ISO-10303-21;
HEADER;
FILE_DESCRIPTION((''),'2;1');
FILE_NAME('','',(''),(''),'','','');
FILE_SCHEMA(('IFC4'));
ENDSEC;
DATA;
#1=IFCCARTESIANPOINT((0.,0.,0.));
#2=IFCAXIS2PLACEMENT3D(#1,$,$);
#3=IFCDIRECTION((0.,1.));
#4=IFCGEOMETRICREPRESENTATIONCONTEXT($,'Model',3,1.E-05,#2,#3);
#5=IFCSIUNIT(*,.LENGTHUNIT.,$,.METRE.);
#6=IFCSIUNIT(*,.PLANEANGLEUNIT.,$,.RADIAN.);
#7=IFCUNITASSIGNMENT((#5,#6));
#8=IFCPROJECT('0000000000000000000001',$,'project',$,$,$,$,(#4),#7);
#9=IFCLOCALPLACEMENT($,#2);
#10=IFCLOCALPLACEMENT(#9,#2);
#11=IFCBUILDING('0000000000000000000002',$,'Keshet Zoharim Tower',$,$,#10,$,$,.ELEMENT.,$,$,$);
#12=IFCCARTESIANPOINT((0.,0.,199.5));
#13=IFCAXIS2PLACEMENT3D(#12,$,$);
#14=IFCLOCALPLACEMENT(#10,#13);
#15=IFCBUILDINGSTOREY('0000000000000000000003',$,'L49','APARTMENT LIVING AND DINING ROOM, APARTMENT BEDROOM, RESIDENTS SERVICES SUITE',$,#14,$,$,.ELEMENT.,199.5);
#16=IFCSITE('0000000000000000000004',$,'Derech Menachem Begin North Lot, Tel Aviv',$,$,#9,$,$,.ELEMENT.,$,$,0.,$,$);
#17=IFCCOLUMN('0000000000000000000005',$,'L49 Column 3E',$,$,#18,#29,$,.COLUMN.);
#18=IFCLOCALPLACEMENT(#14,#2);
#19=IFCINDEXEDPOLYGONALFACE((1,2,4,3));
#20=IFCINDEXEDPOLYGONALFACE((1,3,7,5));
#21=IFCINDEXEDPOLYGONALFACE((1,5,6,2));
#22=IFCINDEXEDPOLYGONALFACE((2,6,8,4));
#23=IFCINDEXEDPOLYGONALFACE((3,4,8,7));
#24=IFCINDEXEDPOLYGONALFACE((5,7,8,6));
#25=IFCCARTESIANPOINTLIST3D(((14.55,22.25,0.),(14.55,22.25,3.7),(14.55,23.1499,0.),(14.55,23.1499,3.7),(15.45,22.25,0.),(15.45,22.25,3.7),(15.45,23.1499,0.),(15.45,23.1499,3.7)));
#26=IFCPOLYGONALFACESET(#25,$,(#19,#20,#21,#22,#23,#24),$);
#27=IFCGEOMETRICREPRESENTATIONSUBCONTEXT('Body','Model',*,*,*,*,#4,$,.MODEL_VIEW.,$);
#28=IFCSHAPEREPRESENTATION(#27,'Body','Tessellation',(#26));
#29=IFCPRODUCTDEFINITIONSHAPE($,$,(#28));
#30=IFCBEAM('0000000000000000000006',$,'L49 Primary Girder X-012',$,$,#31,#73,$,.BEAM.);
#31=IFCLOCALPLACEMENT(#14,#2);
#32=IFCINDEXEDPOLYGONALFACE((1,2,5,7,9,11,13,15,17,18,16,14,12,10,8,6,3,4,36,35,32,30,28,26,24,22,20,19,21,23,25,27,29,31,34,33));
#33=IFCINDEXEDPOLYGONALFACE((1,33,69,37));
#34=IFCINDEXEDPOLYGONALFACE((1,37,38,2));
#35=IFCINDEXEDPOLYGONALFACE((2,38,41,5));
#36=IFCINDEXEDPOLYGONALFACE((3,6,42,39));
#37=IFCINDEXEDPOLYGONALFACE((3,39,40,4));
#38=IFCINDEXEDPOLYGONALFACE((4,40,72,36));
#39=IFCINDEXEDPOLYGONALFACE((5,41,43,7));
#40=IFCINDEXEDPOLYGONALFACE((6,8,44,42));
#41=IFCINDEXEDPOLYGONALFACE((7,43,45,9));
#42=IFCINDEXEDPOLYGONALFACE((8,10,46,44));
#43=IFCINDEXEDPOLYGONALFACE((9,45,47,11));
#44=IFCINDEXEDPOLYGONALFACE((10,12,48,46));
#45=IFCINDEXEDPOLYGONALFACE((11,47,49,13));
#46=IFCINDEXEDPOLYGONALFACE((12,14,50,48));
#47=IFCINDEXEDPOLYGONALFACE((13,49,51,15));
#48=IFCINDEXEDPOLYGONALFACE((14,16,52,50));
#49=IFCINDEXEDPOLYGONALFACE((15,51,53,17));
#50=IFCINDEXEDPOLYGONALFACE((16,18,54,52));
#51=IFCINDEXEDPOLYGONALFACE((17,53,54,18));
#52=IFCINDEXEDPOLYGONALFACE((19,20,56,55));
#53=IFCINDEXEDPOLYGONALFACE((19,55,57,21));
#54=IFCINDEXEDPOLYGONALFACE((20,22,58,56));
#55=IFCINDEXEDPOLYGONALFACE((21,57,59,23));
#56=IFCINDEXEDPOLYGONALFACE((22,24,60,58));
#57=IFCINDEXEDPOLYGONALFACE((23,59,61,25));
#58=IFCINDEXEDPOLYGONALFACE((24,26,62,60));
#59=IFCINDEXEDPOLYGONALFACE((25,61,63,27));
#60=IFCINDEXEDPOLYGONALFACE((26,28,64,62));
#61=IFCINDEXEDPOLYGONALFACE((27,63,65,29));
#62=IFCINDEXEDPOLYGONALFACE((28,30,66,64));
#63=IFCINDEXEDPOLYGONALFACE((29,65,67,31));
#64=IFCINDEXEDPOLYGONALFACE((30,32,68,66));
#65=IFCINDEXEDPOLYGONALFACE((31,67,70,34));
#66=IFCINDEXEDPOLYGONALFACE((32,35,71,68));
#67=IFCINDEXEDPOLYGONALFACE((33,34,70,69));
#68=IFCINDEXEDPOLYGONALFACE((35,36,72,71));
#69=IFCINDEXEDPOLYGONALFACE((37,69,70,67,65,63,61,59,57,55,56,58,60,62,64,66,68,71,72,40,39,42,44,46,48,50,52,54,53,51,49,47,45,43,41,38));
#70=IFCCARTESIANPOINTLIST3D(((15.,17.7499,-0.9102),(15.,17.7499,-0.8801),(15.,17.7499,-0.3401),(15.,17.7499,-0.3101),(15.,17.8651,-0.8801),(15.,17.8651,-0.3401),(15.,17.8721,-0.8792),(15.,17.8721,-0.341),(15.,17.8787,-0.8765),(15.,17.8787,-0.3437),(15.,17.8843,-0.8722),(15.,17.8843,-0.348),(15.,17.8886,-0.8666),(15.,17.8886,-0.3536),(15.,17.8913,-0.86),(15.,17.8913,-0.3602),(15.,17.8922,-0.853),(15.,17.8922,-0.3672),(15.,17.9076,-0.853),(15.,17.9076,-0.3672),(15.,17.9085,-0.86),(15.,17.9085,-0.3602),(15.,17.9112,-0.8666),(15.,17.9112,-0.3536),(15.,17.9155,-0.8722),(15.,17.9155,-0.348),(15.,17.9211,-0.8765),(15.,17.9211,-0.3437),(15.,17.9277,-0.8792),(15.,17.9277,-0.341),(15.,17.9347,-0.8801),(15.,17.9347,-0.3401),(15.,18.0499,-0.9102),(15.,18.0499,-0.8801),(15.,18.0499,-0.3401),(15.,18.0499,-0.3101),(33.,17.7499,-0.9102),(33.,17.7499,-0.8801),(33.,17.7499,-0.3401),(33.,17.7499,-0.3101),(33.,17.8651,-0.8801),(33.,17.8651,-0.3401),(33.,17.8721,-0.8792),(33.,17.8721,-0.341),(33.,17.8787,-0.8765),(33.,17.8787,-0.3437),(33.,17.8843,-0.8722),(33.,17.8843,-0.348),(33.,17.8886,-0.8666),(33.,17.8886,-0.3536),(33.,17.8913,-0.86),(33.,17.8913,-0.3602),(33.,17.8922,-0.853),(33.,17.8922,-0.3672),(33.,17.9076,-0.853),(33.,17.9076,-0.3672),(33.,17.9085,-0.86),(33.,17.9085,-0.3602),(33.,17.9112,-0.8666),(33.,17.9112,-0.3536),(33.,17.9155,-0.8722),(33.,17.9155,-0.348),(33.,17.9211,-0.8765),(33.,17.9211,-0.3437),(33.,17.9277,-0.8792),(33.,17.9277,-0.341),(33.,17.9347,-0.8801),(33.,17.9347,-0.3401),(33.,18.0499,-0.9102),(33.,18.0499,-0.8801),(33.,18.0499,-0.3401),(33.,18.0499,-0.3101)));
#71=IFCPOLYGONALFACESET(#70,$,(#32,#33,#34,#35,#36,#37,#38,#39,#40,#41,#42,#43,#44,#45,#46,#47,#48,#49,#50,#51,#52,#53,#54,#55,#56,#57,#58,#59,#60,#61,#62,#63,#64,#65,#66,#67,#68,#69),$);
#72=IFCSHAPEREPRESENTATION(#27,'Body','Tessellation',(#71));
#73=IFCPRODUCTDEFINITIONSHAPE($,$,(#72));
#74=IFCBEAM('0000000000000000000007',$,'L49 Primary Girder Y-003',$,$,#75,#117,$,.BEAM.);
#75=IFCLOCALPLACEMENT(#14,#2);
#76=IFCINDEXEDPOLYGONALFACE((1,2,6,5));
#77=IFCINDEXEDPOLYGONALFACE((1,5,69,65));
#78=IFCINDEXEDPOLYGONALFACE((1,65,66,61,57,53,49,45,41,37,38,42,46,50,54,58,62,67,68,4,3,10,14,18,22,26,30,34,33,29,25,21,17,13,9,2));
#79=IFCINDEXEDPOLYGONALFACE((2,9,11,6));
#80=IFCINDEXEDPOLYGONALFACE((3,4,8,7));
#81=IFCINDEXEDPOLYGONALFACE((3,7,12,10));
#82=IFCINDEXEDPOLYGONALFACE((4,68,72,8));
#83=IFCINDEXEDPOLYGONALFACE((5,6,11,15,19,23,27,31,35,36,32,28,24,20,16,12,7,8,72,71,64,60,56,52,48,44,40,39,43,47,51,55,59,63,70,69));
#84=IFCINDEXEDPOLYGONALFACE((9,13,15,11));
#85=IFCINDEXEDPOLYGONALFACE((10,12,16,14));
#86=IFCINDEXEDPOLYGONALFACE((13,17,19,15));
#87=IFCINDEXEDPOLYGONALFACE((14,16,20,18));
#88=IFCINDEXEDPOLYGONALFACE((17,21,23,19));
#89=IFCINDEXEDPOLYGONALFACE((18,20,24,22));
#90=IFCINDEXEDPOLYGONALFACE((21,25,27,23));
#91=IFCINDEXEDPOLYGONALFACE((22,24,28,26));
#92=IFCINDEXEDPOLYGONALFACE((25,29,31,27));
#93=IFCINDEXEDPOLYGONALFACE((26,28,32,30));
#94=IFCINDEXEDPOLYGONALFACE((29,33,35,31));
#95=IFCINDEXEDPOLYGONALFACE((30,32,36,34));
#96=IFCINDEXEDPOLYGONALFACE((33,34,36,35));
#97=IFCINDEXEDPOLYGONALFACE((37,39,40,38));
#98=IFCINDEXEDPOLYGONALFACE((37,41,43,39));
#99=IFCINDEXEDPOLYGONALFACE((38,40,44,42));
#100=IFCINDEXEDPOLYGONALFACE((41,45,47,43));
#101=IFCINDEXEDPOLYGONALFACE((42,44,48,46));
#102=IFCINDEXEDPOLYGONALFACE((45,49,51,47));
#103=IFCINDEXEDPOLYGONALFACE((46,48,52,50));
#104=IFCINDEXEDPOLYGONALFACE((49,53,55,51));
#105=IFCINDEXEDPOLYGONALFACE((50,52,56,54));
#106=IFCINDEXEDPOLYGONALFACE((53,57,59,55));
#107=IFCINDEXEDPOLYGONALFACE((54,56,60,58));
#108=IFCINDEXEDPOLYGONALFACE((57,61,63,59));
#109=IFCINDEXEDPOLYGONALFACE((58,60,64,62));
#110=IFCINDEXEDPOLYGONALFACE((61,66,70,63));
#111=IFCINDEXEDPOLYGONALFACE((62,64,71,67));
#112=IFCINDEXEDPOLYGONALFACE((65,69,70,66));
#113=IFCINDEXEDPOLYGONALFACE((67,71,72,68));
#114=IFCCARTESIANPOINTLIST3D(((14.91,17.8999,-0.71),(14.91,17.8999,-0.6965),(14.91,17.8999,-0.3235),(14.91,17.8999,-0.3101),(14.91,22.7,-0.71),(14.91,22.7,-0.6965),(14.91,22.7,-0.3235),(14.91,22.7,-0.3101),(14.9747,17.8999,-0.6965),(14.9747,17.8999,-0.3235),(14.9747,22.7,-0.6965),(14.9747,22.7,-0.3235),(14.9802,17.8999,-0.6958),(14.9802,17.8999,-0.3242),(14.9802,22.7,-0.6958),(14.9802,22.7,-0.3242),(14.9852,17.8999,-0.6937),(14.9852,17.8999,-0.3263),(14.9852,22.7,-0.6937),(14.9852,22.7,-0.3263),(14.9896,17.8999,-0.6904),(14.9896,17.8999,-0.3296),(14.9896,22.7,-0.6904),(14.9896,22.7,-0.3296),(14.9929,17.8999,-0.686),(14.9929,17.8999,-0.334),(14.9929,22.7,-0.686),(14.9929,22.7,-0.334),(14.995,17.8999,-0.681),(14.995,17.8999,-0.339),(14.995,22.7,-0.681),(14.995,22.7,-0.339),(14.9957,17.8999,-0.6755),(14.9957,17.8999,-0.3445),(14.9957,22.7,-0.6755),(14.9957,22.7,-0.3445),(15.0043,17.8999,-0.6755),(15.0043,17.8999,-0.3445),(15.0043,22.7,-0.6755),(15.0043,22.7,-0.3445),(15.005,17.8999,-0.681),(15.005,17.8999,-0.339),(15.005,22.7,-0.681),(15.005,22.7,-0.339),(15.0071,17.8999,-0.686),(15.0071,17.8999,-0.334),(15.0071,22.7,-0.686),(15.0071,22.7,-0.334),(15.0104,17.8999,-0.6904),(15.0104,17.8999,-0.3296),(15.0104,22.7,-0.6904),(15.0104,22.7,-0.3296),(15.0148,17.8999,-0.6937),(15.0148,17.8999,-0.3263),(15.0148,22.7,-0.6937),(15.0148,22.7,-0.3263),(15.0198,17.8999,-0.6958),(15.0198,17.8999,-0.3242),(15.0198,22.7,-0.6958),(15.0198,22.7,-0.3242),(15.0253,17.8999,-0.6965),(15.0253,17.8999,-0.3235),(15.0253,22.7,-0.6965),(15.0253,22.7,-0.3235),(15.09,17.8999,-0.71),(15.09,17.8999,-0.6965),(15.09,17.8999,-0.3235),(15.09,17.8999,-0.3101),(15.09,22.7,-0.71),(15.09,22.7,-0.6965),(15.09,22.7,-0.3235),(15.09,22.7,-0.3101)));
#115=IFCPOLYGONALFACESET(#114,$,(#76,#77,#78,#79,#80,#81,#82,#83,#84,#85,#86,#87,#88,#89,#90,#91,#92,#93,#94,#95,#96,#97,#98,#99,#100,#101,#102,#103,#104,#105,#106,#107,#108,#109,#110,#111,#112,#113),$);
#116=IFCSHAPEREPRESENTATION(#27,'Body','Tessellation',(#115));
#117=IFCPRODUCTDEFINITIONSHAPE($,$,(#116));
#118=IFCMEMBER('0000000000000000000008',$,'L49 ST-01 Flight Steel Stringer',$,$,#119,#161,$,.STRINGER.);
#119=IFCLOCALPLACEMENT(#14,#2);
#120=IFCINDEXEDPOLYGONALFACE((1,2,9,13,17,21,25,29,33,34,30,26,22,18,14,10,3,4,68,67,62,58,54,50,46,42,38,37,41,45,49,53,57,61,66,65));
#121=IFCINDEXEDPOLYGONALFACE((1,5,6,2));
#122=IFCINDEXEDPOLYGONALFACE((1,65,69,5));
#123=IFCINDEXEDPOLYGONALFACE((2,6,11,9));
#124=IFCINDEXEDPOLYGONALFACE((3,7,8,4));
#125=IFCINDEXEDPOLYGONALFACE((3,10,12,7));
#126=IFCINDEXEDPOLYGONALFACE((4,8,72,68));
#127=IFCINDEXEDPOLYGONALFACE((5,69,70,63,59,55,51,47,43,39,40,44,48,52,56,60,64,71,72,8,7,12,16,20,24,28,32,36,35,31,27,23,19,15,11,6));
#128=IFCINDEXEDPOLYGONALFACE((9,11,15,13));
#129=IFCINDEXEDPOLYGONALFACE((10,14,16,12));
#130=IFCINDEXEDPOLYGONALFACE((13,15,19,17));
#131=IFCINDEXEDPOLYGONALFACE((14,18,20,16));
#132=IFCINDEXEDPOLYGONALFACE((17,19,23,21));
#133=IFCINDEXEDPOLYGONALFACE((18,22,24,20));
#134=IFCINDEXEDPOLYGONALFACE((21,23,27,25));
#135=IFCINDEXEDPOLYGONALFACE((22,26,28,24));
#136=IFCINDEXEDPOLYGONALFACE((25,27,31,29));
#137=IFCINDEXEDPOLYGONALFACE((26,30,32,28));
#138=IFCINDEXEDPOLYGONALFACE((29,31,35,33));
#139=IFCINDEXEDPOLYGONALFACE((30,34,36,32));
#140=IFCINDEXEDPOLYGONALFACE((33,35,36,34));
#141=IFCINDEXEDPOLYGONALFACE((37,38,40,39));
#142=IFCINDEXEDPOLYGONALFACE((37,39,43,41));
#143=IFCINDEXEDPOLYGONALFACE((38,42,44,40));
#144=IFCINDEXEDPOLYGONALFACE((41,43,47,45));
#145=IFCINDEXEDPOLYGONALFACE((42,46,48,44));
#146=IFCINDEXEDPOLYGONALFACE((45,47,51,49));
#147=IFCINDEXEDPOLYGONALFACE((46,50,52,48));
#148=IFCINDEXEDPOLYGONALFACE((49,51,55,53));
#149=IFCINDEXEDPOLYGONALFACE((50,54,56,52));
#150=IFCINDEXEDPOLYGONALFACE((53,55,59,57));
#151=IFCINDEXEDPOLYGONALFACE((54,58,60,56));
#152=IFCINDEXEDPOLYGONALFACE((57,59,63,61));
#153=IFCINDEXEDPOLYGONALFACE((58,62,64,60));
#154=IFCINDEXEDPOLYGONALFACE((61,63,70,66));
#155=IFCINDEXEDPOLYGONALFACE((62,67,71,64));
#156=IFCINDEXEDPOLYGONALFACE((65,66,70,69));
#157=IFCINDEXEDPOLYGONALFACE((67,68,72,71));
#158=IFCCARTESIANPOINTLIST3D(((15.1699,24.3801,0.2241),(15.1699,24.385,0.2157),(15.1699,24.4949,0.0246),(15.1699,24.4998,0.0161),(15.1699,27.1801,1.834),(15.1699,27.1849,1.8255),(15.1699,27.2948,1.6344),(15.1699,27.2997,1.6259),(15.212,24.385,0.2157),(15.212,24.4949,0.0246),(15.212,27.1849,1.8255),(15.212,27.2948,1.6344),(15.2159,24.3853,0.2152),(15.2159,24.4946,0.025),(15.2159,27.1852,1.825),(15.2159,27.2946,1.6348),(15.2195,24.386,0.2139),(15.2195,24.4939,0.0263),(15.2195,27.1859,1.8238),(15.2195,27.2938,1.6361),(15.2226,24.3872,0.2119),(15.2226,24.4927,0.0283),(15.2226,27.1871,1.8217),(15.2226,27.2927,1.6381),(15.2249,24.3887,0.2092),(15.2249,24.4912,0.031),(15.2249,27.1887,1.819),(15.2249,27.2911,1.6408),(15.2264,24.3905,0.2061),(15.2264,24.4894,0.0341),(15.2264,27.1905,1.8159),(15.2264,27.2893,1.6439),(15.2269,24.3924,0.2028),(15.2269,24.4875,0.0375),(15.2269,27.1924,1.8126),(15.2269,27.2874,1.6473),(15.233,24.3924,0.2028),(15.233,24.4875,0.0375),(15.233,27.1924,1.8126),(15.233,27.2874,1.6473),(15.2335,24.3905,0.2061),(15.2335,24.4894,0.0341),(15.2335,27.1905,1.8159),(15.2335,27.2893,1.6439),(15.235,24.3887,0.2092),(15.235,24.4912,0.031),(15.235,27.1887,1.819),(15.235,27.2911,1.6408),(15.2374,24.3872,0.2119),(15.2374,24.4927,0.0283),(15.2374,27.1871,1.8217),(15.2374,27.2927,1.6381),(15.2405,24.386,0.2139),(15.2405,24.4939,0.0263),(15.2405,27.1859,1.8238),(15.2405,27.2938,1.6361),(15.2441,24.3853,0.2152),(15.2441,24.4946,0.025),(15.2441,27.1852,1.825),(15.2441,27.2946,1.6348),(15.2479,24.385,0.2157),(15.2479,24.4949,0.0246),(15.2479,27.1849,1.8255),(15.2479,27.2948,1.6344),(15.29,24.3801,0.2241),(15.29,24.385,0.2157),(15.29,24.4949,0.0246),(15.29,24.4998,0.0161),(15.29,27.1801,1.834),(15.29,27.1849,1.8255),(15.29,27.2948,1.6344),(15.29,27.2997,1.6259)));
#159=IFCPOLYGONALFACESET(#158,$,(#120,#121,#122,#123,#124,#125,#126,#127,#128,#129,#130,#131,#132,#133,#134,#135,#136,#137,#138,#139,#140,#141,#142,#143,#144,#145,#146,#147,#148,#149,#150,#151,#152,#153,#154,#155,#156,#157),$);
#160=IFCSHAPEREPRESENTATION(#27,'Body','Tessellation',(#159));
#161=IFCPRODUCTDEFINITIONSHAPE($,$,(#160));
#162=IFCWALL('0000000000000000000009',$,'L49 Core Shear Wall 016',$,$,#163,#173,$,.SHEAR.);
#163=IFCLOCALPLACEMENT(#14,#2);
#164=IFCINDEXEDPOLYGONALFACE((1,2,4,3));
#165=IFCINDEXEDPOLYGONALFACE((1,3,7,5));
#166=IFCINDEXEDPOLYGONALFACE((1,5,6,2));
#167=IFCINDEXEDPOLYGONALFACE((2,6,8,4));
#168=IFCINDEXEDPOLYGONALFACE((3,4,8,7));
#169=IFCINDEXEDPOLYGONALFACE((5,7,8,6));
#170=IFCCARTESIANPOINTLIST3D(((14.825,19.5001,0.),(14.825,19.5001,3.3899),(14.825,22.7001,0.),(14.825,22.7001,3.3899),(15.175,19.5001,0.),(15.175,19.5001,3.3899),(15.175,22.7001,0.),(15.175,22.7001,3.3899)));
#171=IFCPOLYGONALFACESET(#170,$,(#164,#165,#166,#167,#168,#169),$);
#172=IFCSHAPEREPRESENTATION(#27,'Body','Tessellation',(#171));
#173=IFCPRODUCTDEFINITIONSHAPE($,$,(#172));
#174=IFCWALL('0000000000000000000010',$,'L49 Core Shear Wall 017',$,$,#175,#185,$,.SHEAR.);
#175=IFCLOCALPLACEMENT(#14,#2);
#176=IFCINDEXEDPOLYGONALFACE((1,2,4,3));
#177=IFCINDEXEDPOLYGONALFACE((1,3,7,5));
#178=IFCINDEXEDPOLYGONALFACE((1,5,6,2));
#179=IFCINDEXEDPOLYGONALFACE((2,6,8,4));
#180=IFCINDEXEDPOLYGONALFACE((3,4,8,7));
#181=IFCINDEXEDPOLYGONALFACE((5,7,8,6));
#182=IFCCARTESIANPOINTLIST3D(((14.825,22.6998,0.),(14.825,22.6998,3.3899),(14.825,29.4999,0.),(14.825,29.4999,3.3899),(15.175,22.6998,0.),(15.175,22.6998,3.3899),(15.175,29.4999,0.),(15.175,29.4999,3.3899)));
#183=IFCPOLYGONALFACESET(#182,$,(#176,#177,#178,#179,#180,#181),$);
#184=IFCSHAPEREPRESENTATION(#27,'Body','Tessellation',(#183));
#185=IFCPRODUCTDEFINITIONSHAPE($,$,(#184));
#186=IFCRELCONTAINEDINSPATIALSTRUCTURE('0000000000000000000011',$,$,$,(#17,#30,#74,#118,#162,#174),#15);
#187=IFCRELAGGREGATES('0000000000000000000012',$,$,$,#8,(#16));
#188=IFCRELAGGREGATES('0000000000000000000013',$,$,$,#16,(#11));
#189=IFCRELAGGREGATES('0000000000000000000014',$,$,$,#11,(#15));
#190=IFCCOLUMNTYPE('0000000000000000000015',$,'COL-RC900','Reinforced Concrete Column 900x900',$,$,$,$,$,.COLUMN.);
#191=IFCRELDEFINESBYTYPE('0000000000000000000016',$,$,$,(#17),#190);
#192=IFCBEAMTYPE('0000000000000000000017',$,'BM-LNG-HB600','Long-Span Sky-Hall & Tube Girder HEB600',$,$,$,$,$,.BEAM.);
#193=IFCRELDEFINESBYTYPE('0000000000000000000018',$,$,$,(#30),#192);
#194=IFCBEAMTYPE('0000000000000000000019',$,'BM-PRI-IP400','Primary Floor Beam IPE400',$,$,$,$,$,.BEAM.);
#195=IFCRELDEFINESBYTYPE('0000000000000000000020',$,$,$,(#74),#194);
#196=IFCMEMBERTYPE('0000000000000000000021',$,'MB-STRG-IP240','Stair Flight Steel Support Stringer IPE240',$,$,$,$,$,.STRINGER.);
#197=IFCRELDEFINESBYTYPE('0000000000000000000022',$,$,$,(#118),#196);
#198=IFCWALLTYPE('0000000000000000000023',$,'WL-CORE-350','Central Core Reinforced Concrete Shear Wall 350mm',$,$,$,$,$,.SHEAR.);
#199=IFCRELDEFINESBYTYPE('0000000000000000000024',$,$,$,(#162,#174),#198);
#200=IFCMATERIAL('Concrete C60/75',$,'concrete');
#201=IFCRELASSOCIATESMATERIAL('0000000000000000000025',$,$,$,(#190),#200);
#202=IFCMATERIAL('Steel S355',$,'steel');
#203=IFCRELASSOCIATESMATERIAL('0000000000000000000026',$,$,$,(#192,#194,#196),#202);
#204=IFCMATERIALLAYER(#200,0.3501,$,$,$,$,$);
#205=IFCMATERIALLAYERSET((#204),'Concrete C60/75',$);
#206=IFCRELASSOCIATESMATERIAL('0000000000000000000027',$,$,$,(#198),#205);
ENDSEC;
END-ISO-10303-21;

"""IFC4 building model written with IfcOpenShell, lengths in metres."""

from ifc_helpers import new_model, si_unit, direction, frame, frame_2d, origin, origin_2d, place, context, subcontext, project, spatial, rectangle, i_section, extrude, material, layer, layer_set, material_profile, profile_set, type_object, element, save


model = new_model("IFC4")

# Units and contexts
model_context = context("Model", 3, precision=1e-05, world=origin(), true_north=direction((0.0, 1.0)))
body_context = subcontext(model_context, "Body", "Model", "MODEL_VIEW")
ifc_project = project(units=[si_unit("LENGTHUNIT", "METRE"), si_unit("PLANEANGLEUNIT", "RADIAN")], contexts=[model_context])

# Site, building, storey
site_placement = place(None, origin())
site = spatial("IfcSite", under=ifc_project, at=site_placement, Name="Derech Menachem Begin North Lot, Tel Aviv", CompositionType="ELEMENT", RefElevation=0.0)
building_placement = place(site_placement, origin())
building = spatial("IfcBuilding", under=site, at=building_placement, Name="Keshet Zoharim Tower", CompositionType="ELEMENT")
storey_placement = place(building_placement, frame((0.0, 0.0, 199.5)))
storey = spatial("IfcBuildingStorey", under=building, at=storey_placement, Name="L49", Description="APARTMENT LIVING AND DINING ROOM, APARTMENT BEDROOM, RESIDENTS SERVICES SUITE", CompositionType="ELEMENT", Elevation=199.5)

# Column
ifc_material_1 = material(Name="Concrete C60/75", Category="concrete")
ifc_material_profile_1 = material_profile(ifc_material_1, rectangle(XDim=0.8999, YDim=0.8999, at=origin_2d()), Name="RC900x900")
ifc_profile_set_1 = profile_set([ifc_material_profile_1], Name="Concrete C60/75")
column_type = type_object("IfcColumnType", Name="COL-RC900", Description="Reinforced Concrete Column 900x900", PredefinedType="COLUMN", material=ifc_profile_set_1)
column_placement = place(storey_placement, frame((15.0, 22.7, 0.0), z_axis=(0.0, 0.0, 1.0), x_axis=(1.0, 0.0, 0.0)))
element("IfcColumn", 1, at=column_placement, inside=storey, type_object=column_type, Name="L49 Column 3E", PredefinedType="COLUMN", context=body_context, shape_type="SweptSolid", body=[
    extrude(rectangle(XDim=0.8999, YDim=0.8999, at=origin_2d()), origin(), (0.0, 0.0, 1.0), 3.7),
])

# Beams
ifc_material_2 = material(Name="Steel S355", Category="steel")
ifc_material_profile_2 = material_profile(ifc_material_2, i_section(OverallWidth=0.3, OverallDepth=0.6001, WebThickness=0.0154, FlangeThickness=0.03, FilletRadius=0.0271, at=origin_2d()), Name="HEB600")
ifc_profile_set_2 = profile_set([ifc_material_profile_2], Name="Steel S355")
beam_type_1 = type_object("IfcBeamType", Name="BM-LNG-HB600", Description="Long-Span Sky-Hall & Tube Girder HEB600", PredefinedType="BEAM", material=ifc_profile_set_2)
beam_1_placement = place(storey_placement, frame((15.0, 17.8999, -0.6101), z_axis=(1.0, 0.0, 0.0), x_axis=(0.0, 1.0, 0.0)))
element("IfcBeam", 2, at=beam_1_placement, inside=storey, type_object=beam_type_1, Name="L49 Primary Girder X-012", PredefinedType="BEAM", context=body_context, shape_type="SweptSolid", body=[
    extrude(i_section(OverallWidth=0.3, OverallDepth=0.6001, WebThickness=0.0154, FlangeThickness=0.03, FilletRadius=0.0271, at=origin_2d()), origin(), (0.0, 0.0, 1.0), 18.0),
])
ifc_material_profile_3 = material_profile(ifc_material_2, i_section(OverallWidth=0.1799, OverallDepth=0.3999, WebThickness=0.0085, FlangeThickness=0.0134, FilletRadius=0.021, at=origin_2d()), Name="IPE400")
ifc_profile_set_3 = profile_set([ifc_material_profile_3], Name="Steel S355")
beam_type_2 = type_object("IfcBeamType", Name="BM-PRI-IP400", Description="Primary Floor Beam IPE400", PredefinedType="BEAM", material=ifc_profile_set_3)
beam_2_placement = place(storey_placement, frame((15.0, 17.8999, -0.51), z_axis=(0.0, 1.0, 0.0), x_axis=(-1.0, 0.0, 0.0)))
element("IfcBeam", 3, at=beam_2_placement, inside=storey, type_object=beam_type_2, Name="L49 Primary Girder Y-003", PredefinedType="BEAM", context=body_context, shape_type="SweptSolid", body=[
    extrude(i_section(OverallWidth=0.1799, OverallDepth=0.3999, WebThickness=0.0085, FlangeThickness=0.0134, FilletRadius=0.021, at=origin_2d()), origin(), (0.0, 0.0, 1.0), 4.8),
])

# Member
ifc_material_profile_4 = material_profile(ifc_material_2, i_section(OverallWidth=0.1201, OverallDepth=0.24, WebThickness=0.0061, FlangeThickness=0.0098, FilletRadius=0.0149, at=origin_2d()), Name="IPE240")
ifc_profile_set_4 = profile_set([ifc_material_profile_4], Name="Steel S355")
member_type = type_object("IfcMemberType", Name="MB-STRG-IP240", Description="Stair Flight Steel Support Stringer IPE240", PredefinedType="STRINGER", material=ifc_profile_set_4)
member_placement = place(storey_placement, frame((15.23, 24.4399, 0.1201), z_axis=(0.0, 0.866928, 0.498433), x_axis=(-1.0, 0.0, 0.0)))
element("IfcMember", 4, at=member_placement, inside=storey, type_object=member_type, Name="L49 ST-01 Flight Steel Stringer", PredefinedType="STRINGER", context=body_context, shape_type="SweptSolid", body=[
    extrude(i_section(OverallWidth=0.1201, OverallDepth=0.24, WebThickness=0.0061, FlangeThickness=0.0098, FilletRadius=0.0149, at=origin_2d()), origin(), (0.0, 0.0, 1.0), 3.2297),
])

# Walls
ifc_layer_1 = layer(ifc_material_1, 0.3501)
ifc_layer_set_1 = layer_set([ifc_layer_1], Name="Concrete C60/75")
wall_type_1 = type_object("IfcWallType", Name="WL-CORE-350", Description="Central Core Reinforced Concrete Shear Wall 350mm", PredefinedType="SHEAR", material=ifc_layer_set_1)
wall_1_placement = place(storey_placement, frame((15.0, 19.5, 0.0), z_axis=(0.0, 0.0, 1.0), x_axis=(0.0, 1.0, 0.0)))
element("IfcWall", 5, at=wall_1_placement, inside=storey, type_object=wall_type_1, Name="L49 Core Shear Wall 016", PredefinedType="SHEAR", context=body_context, shape_type="SweptSolid", body=[
    extrude(rectangle(XDim=3.2, YDim=0.3501, at=frame_2d((1.6001, 0.0))), origin(), (0.0, 0.0, 1.0), 3.3899),
])
wall_2_placement = place(storey_placement, frame((15.0, 22.7, 0.0), z_axis=(0.0, 0.0, 1.0), x_axis=(0.0, 1.0, 0.0)))
element("IfcWall", 6, at=wall_2_placement, inside=storey, type_object=wall_type_1, Name="L49 Core Shear Wall 017", PredefinedType="SHEAR", context=body_context, shape_type="SweptSolid", body=[
    extrude(rectangle(XDim=6.8, YDim=0.3501, at=frame_2d((3.3999, 0.0))), origin(), (0.0, 0.0, 1.0), 3.3899),
])

save(model, "model.ifc")
